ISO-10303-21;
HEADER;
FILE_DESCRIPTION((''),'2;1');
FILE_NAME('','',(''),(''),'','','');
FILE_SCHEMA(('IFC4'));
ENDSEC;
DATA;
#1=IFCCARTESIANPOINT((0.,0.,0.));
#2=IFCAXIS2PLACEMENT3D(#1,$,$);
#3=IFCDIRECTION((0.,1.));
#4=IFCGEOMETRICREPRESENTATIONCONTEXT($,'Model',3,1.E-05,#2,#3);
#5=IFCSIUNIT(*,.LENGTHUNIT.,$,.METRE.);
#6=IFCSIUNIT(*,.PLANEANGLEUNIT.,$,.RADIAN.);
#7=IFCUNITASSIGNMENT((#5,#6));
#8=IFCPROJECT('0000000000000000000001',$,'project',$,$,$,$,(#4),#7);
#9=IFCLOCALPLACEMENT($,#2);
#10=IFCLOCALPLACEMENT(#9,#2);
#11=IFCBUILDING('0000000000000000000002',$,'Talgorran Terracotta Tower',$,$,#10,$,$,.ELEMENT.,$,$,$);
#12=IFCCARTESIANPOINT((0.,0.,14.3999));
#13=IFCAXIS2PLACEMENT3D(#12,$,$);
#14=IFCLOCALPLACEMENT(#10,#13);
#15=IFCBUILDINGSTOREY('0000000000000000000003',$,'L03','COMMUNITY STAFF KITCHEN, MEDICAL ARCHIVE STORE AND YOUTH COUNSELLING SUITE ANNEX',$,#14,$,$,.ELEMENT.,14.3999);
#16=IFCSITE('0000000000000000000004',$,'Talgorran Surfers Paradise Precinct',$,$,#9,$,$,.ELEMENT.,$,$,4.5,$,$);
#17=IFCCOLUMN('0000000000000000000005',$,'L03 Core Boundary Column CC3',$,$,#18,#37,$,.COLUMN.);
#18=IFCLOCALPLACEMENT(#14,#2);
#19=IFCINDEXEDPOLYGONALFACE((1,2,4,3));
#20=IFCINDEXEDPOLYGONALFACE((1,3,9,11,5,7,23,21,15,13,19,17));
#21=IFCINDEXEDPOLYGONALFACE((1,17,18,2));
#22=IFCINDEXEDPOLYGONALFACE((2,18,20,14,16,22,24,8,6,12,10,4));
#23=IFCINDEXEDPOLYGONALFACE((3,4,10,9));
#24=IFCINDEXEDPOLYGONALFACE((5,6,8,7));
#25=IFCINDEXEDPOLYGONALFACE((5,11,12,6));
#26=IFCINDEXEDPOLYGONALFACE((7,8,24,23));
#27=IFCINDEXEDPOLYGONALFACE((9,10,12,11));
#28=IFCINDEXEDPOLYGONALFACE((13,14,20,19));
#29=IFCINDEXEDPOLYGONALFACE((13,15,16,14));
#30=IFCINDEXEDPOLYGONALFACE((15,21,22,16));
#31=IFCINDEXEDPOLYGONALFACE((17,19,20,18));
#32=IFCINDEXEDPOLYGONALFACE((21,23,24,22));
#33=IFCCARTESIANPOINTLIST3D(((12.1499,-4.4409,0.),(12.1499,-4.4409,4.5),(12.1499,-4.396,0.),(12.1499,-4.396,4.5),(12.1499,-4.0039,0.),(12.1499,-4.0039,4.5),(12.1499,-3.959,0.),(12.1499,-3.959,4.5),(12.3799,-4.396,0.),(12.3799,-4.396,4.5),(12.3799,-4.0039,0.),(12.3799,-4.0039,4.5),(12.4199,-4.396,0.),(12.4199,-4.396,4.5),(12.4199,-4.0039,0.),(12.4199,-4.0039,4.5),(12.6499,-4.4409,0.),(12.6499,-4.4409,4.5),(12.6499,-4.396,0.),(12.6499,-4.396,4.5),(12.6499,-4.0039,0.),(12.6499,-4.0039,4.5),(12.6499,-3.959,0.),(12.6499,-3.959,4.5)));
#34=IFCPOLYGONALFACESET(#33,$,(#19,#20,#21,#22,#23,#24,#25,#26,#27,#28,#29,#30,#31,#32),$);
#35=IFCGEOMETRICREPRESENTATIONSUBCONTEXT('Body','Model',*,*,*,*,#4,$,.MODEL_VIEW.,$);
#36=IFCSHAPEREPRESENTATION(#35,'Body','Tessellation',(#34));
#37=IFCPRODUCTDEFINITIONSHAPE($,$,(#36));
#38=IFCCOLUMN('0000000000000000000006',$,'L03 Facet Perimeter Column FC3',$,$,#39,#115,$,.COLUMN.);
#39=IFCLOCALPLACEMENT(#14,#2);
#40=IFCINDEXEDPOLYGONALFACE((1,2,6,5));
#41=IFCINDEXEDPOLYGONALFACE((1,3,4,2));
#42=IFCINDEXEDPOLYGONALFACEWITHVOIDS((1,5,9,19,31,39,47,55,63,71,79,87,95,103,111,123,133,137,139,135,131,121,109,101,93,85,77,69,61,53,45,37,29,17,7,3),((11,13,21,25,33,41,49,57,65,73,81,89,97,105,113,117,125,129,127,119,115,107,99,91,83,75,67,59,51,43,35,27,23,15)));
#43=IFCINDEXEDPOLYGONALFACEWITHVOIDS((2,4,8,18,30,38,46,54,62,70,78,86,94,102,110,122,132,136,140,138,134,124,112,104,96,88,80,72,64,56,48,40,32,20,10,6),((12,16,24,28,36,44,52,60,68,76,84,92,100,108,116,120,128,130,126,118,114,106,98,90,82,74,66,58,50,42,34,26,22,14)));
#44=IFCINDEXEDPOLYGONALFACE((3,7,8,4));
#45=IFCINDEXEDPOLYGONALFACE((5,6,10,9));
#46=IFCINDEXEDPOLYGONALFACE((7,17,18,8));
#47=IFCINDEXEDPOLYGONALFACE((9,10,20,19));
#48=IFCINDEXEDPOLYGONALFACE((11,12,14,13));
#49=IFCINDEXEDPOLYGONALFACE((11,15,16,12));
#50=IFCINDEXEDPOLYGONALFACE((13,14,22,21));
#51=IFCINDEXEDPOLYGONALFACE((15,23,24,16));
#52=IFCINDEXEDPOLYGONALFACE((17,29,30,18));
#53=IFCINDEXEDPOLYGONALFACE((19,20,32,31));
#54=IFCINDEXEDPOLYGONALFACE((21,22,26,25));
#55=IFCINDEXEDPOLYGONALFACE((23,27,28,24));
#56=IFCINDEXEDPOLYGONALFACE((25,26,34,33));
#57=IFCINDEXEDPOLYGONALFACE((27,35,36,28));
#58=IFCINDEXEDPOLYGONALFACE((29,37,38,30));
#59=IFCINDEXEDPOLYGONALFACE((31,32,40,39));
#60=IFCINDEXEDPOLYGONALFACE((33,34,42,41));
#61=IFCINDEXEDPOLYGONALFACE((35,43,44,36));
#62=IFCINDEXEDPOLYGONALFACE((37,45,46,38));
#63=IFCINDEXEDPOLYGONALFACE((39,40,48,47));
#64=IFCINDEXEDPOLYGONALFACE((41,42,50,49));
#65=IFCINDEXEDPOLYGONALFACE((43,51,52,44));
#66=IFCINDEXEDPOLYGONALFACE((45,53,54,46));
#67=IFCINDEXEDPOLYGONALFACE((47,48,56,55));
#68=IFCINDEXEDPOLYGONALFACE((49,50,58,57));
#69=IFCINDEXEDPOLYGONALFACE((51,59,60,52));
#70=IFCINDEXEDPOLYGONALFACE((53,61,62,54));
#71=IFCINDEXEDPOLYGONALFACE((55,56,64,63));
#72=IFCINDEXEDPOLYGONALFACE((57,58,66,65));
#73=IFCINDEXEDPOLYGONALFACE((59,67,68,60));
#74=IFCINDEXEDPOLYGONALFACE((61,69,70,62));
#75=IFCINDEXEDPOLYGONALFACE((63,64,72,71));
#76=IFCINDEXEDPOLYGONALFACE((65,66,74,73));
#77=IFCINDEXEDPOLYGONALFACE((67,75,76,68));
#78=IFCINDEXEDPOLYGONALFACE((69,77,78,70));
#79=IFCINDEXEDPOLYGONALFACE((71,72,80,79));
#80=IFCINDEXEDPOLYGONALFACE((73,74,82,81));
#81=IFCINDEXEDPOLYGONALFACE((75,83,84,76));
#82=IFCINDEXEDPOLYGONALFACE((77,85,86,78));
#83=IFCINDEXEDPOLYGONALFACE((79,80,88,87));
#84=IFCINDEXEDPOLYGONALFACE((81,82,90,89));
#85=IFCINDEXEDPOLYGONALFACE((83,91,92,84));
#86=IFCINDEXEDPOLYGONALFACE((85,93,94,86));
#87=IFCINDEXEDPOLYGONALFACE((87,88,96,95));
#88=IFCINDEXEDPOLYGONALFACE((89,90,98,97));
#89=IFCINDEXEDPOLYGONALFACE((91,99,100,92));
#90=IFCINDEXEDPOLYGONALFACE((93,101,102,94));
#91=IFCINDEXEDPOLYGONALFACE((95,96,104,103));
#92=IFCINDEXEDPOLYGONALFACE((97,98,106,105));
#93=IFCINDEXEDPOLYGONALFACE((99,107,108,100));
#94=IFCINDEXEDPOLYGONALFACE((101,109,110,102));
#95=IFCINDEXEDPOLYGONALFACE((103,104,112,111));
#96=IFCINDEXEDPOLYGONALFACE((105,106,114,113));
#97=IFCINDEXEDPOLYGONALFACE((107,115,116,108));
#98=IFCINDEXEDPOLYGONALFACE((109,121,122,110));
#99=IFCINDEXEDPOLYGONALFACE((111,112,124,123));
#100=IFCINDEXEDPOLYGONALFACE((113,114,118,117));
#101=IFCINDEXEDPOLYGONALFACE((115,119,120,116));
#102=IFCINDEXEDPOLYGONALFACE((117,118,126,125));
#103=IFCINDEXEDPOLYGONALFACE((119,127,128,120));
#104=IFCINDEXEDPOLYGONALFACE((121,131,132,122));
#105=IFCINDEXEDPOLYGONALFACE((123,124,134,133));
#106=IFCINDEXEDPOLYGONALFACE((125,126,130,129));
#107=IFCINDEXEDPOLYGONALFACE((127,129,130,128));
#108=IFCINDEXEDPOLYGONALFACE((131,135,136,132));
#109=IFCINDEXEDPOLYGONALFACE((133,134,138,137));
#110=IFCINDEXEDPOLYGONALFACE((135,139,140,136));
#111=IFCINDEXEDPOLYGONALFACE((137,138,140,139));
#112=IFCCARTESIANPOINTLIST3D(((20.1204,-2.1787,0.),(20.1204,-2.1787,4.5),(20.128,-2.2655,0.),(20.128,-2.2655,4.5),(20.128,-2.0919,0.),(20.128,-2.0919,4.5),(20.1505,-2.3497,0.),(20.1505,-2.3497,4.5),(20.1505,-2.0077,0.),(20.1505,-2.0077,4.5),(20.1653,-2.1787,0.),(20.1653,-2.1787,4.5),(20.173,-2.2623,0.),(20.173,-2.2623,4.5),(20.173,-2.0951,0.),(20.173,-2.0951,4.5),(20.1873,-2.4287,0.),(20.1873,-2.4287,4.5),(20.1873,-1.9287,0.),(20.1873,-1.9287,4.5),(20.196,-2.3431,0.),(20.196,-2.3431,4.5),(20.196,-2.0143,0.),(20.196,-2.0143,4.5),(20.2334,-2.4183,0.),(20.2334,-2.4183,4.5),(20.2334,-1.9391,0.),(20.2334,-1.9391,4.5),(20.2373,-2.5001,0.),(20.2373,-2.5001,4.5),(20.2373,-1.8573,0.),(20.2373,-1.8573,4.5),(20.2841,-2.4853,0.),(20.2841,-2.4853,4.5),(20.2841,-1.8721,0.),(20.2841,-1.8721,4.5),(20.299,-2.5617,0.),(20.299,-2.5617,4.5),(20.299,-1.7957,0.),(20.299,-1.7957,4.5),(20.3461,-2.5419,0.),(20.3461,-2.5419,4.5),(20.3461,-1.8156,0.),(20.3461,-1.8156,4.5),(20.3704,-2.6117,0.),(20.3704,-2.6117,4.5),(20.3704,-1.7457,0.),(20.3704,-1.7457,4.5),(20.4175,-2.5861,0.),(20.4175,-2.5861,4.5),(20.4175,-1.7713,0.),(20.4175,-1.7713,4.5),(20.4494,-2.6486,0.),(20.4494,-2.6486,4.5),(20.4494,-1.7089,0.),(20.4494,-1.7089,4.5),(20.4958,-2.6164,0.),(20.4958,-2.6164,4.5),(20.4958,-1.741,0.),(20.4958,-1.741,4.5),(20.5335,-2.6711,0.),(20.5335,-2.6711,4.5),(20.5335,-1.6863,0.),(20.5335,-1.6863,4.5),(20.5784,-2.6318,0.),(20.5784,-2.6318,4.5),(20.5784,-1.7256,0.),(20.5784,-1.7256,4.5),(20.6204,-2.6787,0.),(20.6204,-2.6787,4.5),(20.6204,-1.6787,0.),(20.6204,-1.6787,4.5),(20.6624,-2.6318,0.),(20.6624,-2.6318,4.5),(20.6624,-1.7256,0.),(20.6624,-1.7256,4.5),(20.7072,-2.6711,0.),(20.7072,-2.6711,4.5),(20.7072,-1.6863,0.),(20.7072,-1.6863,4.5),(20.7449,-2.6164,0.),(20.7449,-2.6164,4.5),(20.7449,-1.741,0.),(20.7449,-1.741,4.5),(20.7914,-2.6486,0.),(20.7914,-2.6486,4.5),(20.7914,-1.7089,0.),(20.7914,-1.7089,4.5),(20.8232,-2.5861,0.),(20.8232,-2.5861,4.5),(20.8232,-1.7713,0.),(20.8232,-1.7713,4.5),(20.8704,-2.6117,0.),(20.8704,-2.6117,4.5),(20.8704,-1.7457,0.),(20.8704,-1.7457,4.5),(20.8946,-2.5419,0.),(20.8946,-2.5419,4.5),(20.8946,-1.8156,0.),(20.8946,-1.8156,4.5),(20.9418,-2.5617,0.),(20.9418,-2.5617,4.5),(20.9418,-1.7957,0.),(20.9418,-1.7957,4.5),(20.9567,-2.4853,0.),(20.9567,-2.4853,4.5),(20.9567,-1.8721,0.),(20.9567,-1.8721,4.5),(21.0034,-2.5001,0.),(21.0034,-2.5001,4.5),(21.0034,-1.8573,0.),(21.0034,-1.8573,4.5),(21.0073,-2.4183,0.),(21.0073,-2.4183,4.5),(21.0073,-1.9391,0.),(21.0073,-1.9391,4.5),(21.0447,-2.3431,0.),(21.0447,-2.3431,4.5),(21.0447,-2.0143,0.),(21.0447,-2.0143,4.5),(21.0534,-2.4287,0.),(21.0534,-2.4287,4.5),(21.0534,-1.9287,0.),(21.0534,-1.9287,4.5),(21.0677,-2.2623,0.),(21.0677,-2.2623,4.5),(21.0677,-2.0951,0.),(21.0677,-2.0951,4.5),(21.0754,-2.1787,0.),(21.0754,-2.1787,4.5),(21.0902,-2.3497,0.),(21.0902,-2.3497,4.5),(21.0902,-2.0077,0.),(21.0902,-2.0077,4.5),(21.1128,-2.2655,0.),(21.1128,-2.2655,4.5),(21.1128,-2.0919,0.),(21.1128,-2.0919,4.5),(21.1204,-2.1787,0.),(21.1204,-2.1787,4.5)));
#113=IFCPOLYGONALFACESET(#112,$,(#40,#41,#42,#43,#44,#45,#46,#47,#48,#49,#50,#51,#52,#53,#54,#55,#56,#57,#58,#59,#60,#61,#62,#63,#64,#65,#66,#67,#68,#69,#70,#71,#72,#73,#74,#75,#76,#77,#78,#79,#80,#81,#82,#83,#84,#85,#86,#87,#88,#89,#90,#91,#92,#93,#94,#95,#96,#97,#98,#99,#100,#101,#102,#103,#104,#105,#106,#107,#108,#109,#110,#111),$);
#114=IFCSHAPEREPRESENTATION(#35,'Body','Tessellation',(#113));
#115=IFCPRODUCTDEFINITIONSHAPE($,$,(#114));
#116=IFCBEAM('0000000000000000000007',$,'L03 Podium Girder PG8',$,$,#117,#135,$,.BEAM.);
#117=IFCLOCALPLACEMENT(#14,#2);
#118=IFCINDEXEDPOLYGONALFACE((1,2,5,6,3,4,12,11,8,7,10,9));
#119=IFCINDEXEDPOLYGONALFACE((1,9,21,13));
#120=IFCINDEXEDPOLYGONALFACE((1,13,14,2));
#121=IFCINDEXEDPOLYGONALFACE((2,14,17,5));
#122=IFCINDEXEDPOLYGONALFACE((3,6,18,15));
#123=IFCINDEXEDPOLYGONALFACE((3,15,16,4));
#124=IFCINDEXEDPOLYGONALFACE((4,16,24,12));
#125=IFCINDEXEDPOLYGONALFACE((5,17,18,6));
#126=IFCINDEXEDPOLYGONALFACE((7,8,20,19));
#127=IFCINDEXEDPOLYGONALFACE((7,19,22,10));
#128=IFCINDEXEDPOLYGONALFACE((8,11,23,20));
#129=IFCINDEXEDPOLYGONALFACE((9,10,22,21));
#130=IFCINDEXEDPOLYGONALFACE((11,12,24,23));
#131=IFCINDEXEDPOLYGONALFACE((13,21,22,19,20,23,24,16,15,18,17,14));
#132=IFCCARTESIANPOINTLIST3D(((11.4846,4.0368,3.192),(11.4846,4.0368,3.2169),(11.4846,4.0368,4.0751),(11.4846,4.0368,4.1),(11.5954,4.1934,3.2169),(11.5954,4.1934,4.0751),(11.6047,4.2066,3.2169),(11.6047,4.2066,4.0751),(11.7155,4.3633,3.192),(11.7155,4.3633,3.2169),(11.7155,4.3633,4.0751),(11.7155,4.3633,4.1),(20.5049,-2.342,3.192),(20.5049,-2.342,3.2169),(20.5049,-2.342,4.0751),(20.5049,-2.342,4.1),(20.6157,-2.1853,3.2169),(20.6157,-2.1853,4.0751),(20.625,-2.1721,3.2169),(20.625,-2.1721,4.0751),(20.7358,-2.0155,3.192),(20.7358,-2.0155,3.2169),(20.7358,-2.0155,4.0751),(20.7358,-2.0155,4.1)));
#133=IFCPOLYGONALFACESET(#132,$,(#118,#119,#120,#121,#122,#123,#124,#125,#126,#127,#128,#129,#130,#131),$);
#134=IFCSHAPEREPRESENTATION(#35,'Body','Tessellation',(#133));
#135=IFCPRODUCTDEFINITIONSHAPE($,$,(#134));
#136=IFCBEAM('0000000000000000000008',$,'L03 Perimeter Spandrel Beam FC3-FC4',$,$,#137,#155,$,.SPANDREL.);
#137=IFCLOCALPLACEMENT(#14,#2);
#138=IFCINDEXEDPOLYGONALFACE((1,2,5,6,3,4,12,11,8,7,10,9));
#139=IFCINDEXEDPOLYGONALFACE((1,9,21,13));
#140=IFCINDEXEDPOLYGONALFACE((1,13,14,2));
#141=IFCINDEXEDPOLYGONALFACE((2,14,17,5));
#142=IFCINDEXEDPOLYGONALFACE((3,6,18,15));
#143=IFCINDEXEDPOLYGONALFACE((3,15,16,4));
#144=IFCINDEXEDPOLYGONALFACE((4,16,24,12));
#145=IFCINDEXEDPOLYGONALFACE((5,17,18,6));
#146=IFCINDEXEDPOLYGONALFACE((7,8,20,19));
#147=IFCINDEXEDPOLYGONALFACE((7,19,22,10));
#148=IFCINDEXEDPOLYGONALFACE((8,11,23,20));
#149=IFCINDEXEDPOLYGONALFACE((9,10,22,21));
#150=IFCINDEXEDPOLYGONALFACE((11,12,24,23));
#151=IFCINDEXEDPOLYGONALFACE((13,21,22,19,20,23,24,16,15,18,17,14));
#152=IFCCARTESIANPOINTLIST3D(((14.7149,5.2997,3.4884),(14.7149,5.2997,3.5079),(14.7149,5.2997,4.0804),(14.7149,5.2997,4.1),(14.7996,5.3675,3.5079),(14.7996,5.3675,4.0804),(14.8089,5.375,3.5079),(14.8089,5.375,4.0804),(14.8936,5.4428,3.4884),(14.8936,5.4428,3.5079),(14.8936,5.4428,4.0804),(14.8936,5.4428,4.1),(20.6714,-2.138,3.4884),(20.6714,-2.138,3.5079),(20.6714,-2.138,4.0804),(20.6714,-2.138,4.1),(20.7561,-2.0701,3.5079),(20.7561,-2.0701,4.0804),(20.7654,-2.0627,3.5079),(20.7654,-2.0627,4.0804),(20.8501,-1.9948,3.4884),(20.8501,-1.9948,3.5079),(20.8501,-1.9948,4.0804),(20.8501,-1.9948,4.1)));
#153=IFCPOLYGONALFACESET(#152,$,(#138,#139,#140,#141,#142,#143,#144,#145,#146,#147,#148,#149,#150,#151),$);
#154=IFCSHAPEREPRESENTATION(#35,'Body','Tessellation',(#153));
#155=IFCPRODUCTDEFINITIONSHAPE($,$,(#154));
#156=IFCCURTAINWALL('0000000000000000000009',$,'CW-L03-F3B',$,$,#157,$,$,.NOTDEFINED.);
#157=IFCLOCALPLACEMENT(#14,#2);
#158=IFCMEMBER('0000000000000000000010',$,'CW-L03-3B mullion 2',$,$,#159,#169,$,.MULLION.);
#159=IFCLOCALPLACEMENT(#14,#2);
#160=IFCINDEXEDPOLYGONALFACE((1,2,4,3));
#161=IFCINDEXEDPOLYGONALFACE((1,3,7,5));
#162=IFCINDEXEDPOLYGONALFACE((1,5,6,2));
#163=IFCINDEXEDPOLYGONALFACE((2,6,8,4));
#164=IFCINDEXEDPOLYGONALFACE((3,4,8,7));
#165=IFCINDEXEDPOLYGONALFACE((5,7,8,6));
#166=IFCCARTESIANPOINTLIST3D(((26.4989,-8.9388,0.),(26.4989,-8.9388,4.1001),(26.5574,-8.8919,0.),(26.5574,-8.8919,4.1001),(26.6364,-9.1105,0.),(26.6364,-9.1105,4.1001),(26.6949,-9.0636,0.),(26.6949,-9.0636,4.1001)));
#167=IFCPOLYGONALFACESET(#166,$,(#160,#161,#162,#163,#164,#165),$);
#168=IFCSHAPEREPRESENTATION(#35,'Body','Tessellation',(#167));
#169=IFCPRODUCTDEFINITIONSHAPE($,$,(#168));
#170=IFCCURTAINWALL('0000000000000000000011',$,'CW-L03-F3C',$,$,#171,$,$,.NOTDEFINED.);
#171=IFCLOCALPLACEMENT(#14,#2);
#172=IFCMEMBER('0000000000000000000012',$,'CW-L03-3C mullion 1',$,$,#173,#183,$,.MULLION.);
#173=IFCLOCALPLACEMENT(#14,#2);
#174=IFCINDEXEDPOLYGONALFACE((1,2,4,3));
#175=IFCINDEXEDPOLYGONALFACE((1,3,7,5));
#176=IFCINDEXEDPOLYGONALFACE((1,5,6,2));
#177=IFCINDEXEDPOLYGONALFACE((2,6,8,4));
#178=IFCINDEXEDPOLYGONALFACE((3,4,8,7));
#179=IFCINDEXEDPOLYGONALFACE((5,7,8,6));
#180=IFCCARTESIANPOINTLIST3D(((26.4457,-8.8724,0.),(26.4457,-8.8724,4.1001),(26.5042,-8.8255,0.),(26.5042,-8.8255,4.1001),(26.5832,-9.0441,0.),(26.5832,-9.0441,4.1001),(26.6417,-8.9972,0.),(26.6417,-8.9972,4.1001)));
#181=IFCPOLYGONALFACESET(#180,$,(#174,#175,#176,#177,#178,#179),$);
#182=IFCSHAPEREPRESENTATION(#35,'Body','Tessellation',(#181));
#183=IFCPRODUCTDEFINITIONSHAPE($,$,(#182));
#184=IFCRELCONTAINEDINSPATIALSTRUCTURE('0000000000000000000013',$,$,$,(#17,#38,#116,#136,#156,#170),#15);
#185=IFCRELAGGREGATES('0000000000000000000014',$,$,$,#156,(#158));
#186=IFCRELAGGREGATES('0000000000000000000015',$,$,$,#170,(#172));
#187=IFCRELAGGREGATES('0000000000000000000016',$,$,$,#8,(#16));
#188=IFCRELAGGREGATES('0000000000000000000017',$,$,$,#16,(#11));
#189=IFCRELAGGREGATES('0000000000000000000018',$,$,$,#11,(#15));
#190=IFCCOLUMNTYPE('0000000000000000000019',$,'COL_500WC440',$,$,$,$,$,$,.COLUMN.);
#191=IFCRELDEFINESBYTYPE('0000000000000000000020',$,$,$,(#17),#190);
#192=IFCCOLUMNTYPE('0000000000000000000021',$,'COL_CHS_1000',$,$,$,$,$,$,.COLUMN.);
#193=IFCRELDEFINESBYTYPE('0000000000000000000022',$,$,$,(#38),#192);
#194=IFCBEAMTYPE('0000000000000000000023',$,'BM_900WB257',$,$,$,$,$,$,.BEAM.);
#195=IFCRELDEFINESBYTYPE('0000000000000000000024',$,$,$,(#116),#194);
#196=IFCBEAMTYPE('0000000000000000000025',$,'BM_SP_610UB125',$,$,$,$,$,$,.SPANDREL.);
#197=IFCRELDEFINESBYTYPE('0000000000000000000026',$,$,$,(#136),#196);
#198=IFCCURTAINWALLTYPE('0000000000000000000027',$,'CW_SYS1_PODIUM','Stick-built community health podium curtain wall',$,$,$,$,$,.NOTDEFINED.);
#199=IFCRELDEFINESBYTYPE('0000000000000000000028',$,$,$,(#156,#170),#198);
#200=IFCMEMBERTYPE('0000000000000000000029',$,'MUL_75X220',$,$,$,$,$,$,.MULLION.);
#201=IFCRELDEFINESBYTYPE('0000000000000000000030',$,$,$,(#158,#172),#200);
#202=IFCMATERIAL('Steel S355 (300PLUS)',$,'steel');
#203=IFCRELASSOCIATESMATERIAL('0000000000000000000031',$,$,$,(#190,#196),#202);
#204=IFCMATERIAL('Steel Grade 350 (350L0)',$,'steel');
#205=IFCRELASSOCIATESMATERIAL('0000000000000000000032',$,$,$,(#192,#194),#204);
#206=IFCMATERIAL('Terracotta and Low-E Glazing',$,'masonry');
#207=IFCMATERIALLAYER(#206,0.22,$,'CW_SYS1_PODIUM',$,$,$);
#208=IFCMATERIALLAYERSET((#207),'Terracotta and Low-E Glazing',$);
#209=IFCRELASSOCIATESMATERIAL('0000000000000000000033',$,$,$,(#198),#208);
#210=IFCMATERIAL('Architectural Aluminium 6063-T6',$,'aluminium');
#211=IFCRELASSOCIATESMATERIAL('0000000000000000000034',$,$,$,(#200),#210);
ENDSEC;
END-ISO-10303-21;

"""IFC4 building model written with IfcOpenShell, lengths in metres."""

from ifc_helpers import new_model, si_unit, direction, frame, origin, origin_2d, place, context, subcontext, project, spatial, rectangle, hollow_circle, i_section, extrude, material, layer, layer_set, material_profile, profile_set, type_object, element, aggregate, save


model = new_model("IFC4")

# Units and contexts
model_context = context("Model", 3, precision=1e-05, world=origin(), true_north=direction((0.0, 1.0)))
body_context = subcontext(model_context, "Body", "Model", "MODEL_VIEW")
ifc_project = project(units=[si_unit("LENGTHUNIT", "METRE"), si_unit("PLANEANGLEUNIT", "RADIAN")], contexts=[model_context])

# Site, building, storey
site_placement = place(None, origin())
site = spatial("IfcSite", under=ifc_project, at=site_placement, Name="Talgorran Surfers Paradise Precinct", CompositionType="ELEMENT", RefElevation=4.5)
building_placement = place(site_placement, origin())
building = spatial("IfcBuilding", under=site, at=building_placement, Name="Talgorran Terracotta Tower", CompositionType="ELEMENT")
storey_placement = place(building_placement, frame((0.0, 0.0, 14.3999)))
storey = spatial("IfcBuildingStorey", under=building, at=storey_placement, Name="L03", Description="COMMUNITY STAFF KITCHEN, MEDICAL ARCHIVE STORE AND YOUTH COUNSELLING SUITE ANNEX", CompositionType="ELEMENT", Elevation=14.3999)

# Columns
ifc_material_1 = material(Name="Steel S355 (300PLUS)", Category="steel")
ifc_material_profile_1 = material_profile(ifc_material_1, i_section(OverallWidth=0.5, OverallDepth=0.4819, WebThickness=0.04, FlangeThickness=0.0449, at=origin_2d()), Name="500WC440")
ifc_profile_set_1 = profile_set([ifc_material_profile_1], Name="Steel S355 (300PLUS)")
column_type_1 = type_object("IfcColumnType", Name="COL_500WC440", PredefinedType="COLUMN", material=ifc_profile_set_1)
column_1_placement = place(storey_placement, frame((12.3999, -4.2, 0.0), z_axis=(0.0, 0.0, 1.0), x_axis=(1.0, 0.0, 0.0)))
element("IfcColumn", 1, at=column_1_placement, inside=storey, type_object=column_type_1, Name="L03 Core Boundary Column CC3", PredefinedType="COLUMN", context=body_context, shape_type="SweptSolid", body=[
    extrude(i_section(OverallWidth=0.5, OverallDepth=0.4819, WebThickness=0.04, FlangeThickness=0.0449, at=origin_2d()), origin(), (0.0, 0.0, 1.0), 4.5),
])
ifc_material_2 = material(Name="Steel Grade 350 (350L0)", Category="steel")
ifc_material_profile_2 = material_profile(ifc_material_2, hollow_circle(Radius=0.5, WallThickness=0.0449, at=origin_2d()), Name="CHS1000X45")
ifc_profile_set_2 = profile_set([ifc_material_profile_2], Name="Steel Grade 350 (350L0)")
column_type_2 = type_object("IfcColumnType", Name="COL_CHS_1000", PredefinedType="COLUMN", material=ifc_profile_set_2)
column_2_placement = place(storey_placement, frame((20.6204, -2.1787, 0.0), z_axis=(0.0, 0.0, 1.0), x_axis=(1.0, 0.0, 0.0)))
element("IfcColumn", 2, at=column_2_placement, inside=storey, type_object=column_type_2, Name="L03 Facet Perimeter Column FC3", PredefinedType="COLUMN", context=body_context, shape_type="SweptSolid", body=[
    extrude(hollow_circle(Radius=0.5, WallThickness=0.0449, at=origin_2d()), origin(), (0.0, 0.0, 1.0), 4.5),
])

# Beams
ifc_material_profile_3 = material_profile(ifc_material_2, i_section(OverallWidth=0.3999, OverallDepth=0.908, WebThickness=0.0161, FlangeThickness=0.0249, at=origin_2d()), Name="900WB257")
ifc_profile_set_3 = profile_set([ifc_material_profile_3], Name="Steel Grade 350 (350L0)")
beam_type_1 = type_object("IfcBeamType", Name="BM_900WB257", PredefinedType="BEAM", material=ifc_profile_set_3)
beam_1_placement = place(storey_placement, frame((20.6204, -2.1787, 3.646), z_axis=(-0.816481, 0.577373, 0.0), x_axis=(-0.577373, -0.816481, 0.0)))
element("IfcBeam", 3, at=beam_1_placement, inside=storey, type_object=beam_type_1, Name="L03 Podium Girder PG8", PredefinedType="BEAM", context=body_context, shape_type="SweptSolid", body=[
    extrude(i_section(OverallWidth=0.3999, OverallDepth=0.908, WebThickness=0.0161, FlangeThickness=0.0249, at=origin_2d()), origin(), (0.0, 0.0, 1.0), 11.0479),
])
ifc_material_profile_4 = material_profile(ifc_material_1, i_section(OverallWidth=0.229, OverallDepth=0.6116, WebThickness=0.012, FlangeThickness=0.0195, at=origin_2d()), Name="610UB125")
ifc_profile_set_4 = profile_set([ifc_material_profile_4], Name="Steel S355 (300PLUS)")
beam_type_2 = type_object("IfcBeamType", Name="BM_SP_610UB125", PredefinedType="SPANDREL", material=ifc_profile_set_4)
beam_2_placement = place(storey_placement, frame((20.7607, -2.0664, 3.7942), z_axis=(-0.625101, 0.780544, 0.0), x_axis=(-0.780544, -0.625101, 0.0)))
element("IfcBeam", 4, at=beam_2_placement, inside=storey, type_object=beam_type_2, Name="L03 Perimeter Spandrel Beam FC3-FC4", PredefinedType="SPANDREL", context=body_context, shape_type="SweptSolid", body=[
    extrude(i_section(OverallWidth=0.229, OverallDepth=0.6116, WebThickness=0.012, FlangeThickness=0.0195, at=origin_2d()), origin(), (0.0, 0.0, 1.0), 9.5288),
])

# Curtain wall, member
ifc_material_3 = material(Name="Terracotta and Low-E Glazing", Category="masonry")
ifc_layer_1 = layer(ifc_material_3, 0.22, Name="CW_SYS1_PODIUM")
ifc_layer_set_1 = layer_set([ifc_layer_1], Name="Terracotta and Low-E Glazing")
curtain_wall_type = type_object("IfcCurtainWallType", Name="CW_SYS1_PODIUM", Description="Stick-built community health podium curtain wall", PredefinedType="NOTDEFINED", material=ifc_layer_set_1)
curtain_wall_1_placement = place(storey_placement, origin())
curtain_wall_1 = element("IfcCurtainWall", 5, at=curtain_wall_1_placement, inside=storey, type_object=curtain_wall_type, Name="CW-L03-F3B", PredefinedType="NOTDEFINED")
ifc_material_4 = material(Name="Architectural Aluminium 6063-T6", Category="aluminium")
ifc_material_profile_5 = material_profile(ifc_material_4, rectangle(XDim=0.075, YDim=0.22, at=origin_2d()), Name="CWM75X220")
ifc_profile_set_5 = profile_set([ifc_material_profile_5], Name="Architectural Aluminium 6063-T6")
member_type_1 = type_object("IfcMemberType", Name="MUL_75X220", PredefinedType="MULLION", material=ifc_profile_set_5)
member_1_placement = place(storey_placement, frame((26.5969, -9.0012, 0.0), z_axis=(0.0, 0.0, 1.0), x_axis=(-0.780524, -0.625126, 0.0)))
member_1 = element("IfcMember", 6, at=member_1_placement, type_object=member_type_1, Name="CW-L03-3B mullion 2", PredefinedType="MULLION", context=body_context, shape_type="SweptSolid", body=[
    extrude(rectangle(XDim=0.075, YDim=0.22, at=origin_2d()), origin(), (0.0, 0.0, 1.0), 4.1001),
])

# Curtain wall, member
curtain_wall_2_placement = place(storey_placement, origin())
curtain_wall_2 = element("IfcCurtainWall", 7, at=curtain_wall_2_placement, inside=storey, type_object=curtain_wall_type, Name="CW-L03-F3C", PredefinedType="NOTDEFINED")
member_2_placement = place(storey_placement, frame((26.5437, -8.9348, 0.0), z_axis=(0.0, 0.0, 1.0), x_axis=(-0.780531, -0.625117, 0.0)))
member_2 = element("IfcMember", 8, at=member_2_placement, type_object=member_type_1, Name="CW-L03-3C mullion 1", PredefinedType="MULLION", context=body_context, shape_type="SweptSolid", body=[
    extrude(rectangle(XDim=0.075, YDim=0.22, at=origin_2d()), origin(), (0.0, 0.0, 1.0), 4.1001),
])

aggregate(curtain_wall_1, [member_1])
aggregate(curtain_wall_2, [member_2])

save(model, "model.ifc")
